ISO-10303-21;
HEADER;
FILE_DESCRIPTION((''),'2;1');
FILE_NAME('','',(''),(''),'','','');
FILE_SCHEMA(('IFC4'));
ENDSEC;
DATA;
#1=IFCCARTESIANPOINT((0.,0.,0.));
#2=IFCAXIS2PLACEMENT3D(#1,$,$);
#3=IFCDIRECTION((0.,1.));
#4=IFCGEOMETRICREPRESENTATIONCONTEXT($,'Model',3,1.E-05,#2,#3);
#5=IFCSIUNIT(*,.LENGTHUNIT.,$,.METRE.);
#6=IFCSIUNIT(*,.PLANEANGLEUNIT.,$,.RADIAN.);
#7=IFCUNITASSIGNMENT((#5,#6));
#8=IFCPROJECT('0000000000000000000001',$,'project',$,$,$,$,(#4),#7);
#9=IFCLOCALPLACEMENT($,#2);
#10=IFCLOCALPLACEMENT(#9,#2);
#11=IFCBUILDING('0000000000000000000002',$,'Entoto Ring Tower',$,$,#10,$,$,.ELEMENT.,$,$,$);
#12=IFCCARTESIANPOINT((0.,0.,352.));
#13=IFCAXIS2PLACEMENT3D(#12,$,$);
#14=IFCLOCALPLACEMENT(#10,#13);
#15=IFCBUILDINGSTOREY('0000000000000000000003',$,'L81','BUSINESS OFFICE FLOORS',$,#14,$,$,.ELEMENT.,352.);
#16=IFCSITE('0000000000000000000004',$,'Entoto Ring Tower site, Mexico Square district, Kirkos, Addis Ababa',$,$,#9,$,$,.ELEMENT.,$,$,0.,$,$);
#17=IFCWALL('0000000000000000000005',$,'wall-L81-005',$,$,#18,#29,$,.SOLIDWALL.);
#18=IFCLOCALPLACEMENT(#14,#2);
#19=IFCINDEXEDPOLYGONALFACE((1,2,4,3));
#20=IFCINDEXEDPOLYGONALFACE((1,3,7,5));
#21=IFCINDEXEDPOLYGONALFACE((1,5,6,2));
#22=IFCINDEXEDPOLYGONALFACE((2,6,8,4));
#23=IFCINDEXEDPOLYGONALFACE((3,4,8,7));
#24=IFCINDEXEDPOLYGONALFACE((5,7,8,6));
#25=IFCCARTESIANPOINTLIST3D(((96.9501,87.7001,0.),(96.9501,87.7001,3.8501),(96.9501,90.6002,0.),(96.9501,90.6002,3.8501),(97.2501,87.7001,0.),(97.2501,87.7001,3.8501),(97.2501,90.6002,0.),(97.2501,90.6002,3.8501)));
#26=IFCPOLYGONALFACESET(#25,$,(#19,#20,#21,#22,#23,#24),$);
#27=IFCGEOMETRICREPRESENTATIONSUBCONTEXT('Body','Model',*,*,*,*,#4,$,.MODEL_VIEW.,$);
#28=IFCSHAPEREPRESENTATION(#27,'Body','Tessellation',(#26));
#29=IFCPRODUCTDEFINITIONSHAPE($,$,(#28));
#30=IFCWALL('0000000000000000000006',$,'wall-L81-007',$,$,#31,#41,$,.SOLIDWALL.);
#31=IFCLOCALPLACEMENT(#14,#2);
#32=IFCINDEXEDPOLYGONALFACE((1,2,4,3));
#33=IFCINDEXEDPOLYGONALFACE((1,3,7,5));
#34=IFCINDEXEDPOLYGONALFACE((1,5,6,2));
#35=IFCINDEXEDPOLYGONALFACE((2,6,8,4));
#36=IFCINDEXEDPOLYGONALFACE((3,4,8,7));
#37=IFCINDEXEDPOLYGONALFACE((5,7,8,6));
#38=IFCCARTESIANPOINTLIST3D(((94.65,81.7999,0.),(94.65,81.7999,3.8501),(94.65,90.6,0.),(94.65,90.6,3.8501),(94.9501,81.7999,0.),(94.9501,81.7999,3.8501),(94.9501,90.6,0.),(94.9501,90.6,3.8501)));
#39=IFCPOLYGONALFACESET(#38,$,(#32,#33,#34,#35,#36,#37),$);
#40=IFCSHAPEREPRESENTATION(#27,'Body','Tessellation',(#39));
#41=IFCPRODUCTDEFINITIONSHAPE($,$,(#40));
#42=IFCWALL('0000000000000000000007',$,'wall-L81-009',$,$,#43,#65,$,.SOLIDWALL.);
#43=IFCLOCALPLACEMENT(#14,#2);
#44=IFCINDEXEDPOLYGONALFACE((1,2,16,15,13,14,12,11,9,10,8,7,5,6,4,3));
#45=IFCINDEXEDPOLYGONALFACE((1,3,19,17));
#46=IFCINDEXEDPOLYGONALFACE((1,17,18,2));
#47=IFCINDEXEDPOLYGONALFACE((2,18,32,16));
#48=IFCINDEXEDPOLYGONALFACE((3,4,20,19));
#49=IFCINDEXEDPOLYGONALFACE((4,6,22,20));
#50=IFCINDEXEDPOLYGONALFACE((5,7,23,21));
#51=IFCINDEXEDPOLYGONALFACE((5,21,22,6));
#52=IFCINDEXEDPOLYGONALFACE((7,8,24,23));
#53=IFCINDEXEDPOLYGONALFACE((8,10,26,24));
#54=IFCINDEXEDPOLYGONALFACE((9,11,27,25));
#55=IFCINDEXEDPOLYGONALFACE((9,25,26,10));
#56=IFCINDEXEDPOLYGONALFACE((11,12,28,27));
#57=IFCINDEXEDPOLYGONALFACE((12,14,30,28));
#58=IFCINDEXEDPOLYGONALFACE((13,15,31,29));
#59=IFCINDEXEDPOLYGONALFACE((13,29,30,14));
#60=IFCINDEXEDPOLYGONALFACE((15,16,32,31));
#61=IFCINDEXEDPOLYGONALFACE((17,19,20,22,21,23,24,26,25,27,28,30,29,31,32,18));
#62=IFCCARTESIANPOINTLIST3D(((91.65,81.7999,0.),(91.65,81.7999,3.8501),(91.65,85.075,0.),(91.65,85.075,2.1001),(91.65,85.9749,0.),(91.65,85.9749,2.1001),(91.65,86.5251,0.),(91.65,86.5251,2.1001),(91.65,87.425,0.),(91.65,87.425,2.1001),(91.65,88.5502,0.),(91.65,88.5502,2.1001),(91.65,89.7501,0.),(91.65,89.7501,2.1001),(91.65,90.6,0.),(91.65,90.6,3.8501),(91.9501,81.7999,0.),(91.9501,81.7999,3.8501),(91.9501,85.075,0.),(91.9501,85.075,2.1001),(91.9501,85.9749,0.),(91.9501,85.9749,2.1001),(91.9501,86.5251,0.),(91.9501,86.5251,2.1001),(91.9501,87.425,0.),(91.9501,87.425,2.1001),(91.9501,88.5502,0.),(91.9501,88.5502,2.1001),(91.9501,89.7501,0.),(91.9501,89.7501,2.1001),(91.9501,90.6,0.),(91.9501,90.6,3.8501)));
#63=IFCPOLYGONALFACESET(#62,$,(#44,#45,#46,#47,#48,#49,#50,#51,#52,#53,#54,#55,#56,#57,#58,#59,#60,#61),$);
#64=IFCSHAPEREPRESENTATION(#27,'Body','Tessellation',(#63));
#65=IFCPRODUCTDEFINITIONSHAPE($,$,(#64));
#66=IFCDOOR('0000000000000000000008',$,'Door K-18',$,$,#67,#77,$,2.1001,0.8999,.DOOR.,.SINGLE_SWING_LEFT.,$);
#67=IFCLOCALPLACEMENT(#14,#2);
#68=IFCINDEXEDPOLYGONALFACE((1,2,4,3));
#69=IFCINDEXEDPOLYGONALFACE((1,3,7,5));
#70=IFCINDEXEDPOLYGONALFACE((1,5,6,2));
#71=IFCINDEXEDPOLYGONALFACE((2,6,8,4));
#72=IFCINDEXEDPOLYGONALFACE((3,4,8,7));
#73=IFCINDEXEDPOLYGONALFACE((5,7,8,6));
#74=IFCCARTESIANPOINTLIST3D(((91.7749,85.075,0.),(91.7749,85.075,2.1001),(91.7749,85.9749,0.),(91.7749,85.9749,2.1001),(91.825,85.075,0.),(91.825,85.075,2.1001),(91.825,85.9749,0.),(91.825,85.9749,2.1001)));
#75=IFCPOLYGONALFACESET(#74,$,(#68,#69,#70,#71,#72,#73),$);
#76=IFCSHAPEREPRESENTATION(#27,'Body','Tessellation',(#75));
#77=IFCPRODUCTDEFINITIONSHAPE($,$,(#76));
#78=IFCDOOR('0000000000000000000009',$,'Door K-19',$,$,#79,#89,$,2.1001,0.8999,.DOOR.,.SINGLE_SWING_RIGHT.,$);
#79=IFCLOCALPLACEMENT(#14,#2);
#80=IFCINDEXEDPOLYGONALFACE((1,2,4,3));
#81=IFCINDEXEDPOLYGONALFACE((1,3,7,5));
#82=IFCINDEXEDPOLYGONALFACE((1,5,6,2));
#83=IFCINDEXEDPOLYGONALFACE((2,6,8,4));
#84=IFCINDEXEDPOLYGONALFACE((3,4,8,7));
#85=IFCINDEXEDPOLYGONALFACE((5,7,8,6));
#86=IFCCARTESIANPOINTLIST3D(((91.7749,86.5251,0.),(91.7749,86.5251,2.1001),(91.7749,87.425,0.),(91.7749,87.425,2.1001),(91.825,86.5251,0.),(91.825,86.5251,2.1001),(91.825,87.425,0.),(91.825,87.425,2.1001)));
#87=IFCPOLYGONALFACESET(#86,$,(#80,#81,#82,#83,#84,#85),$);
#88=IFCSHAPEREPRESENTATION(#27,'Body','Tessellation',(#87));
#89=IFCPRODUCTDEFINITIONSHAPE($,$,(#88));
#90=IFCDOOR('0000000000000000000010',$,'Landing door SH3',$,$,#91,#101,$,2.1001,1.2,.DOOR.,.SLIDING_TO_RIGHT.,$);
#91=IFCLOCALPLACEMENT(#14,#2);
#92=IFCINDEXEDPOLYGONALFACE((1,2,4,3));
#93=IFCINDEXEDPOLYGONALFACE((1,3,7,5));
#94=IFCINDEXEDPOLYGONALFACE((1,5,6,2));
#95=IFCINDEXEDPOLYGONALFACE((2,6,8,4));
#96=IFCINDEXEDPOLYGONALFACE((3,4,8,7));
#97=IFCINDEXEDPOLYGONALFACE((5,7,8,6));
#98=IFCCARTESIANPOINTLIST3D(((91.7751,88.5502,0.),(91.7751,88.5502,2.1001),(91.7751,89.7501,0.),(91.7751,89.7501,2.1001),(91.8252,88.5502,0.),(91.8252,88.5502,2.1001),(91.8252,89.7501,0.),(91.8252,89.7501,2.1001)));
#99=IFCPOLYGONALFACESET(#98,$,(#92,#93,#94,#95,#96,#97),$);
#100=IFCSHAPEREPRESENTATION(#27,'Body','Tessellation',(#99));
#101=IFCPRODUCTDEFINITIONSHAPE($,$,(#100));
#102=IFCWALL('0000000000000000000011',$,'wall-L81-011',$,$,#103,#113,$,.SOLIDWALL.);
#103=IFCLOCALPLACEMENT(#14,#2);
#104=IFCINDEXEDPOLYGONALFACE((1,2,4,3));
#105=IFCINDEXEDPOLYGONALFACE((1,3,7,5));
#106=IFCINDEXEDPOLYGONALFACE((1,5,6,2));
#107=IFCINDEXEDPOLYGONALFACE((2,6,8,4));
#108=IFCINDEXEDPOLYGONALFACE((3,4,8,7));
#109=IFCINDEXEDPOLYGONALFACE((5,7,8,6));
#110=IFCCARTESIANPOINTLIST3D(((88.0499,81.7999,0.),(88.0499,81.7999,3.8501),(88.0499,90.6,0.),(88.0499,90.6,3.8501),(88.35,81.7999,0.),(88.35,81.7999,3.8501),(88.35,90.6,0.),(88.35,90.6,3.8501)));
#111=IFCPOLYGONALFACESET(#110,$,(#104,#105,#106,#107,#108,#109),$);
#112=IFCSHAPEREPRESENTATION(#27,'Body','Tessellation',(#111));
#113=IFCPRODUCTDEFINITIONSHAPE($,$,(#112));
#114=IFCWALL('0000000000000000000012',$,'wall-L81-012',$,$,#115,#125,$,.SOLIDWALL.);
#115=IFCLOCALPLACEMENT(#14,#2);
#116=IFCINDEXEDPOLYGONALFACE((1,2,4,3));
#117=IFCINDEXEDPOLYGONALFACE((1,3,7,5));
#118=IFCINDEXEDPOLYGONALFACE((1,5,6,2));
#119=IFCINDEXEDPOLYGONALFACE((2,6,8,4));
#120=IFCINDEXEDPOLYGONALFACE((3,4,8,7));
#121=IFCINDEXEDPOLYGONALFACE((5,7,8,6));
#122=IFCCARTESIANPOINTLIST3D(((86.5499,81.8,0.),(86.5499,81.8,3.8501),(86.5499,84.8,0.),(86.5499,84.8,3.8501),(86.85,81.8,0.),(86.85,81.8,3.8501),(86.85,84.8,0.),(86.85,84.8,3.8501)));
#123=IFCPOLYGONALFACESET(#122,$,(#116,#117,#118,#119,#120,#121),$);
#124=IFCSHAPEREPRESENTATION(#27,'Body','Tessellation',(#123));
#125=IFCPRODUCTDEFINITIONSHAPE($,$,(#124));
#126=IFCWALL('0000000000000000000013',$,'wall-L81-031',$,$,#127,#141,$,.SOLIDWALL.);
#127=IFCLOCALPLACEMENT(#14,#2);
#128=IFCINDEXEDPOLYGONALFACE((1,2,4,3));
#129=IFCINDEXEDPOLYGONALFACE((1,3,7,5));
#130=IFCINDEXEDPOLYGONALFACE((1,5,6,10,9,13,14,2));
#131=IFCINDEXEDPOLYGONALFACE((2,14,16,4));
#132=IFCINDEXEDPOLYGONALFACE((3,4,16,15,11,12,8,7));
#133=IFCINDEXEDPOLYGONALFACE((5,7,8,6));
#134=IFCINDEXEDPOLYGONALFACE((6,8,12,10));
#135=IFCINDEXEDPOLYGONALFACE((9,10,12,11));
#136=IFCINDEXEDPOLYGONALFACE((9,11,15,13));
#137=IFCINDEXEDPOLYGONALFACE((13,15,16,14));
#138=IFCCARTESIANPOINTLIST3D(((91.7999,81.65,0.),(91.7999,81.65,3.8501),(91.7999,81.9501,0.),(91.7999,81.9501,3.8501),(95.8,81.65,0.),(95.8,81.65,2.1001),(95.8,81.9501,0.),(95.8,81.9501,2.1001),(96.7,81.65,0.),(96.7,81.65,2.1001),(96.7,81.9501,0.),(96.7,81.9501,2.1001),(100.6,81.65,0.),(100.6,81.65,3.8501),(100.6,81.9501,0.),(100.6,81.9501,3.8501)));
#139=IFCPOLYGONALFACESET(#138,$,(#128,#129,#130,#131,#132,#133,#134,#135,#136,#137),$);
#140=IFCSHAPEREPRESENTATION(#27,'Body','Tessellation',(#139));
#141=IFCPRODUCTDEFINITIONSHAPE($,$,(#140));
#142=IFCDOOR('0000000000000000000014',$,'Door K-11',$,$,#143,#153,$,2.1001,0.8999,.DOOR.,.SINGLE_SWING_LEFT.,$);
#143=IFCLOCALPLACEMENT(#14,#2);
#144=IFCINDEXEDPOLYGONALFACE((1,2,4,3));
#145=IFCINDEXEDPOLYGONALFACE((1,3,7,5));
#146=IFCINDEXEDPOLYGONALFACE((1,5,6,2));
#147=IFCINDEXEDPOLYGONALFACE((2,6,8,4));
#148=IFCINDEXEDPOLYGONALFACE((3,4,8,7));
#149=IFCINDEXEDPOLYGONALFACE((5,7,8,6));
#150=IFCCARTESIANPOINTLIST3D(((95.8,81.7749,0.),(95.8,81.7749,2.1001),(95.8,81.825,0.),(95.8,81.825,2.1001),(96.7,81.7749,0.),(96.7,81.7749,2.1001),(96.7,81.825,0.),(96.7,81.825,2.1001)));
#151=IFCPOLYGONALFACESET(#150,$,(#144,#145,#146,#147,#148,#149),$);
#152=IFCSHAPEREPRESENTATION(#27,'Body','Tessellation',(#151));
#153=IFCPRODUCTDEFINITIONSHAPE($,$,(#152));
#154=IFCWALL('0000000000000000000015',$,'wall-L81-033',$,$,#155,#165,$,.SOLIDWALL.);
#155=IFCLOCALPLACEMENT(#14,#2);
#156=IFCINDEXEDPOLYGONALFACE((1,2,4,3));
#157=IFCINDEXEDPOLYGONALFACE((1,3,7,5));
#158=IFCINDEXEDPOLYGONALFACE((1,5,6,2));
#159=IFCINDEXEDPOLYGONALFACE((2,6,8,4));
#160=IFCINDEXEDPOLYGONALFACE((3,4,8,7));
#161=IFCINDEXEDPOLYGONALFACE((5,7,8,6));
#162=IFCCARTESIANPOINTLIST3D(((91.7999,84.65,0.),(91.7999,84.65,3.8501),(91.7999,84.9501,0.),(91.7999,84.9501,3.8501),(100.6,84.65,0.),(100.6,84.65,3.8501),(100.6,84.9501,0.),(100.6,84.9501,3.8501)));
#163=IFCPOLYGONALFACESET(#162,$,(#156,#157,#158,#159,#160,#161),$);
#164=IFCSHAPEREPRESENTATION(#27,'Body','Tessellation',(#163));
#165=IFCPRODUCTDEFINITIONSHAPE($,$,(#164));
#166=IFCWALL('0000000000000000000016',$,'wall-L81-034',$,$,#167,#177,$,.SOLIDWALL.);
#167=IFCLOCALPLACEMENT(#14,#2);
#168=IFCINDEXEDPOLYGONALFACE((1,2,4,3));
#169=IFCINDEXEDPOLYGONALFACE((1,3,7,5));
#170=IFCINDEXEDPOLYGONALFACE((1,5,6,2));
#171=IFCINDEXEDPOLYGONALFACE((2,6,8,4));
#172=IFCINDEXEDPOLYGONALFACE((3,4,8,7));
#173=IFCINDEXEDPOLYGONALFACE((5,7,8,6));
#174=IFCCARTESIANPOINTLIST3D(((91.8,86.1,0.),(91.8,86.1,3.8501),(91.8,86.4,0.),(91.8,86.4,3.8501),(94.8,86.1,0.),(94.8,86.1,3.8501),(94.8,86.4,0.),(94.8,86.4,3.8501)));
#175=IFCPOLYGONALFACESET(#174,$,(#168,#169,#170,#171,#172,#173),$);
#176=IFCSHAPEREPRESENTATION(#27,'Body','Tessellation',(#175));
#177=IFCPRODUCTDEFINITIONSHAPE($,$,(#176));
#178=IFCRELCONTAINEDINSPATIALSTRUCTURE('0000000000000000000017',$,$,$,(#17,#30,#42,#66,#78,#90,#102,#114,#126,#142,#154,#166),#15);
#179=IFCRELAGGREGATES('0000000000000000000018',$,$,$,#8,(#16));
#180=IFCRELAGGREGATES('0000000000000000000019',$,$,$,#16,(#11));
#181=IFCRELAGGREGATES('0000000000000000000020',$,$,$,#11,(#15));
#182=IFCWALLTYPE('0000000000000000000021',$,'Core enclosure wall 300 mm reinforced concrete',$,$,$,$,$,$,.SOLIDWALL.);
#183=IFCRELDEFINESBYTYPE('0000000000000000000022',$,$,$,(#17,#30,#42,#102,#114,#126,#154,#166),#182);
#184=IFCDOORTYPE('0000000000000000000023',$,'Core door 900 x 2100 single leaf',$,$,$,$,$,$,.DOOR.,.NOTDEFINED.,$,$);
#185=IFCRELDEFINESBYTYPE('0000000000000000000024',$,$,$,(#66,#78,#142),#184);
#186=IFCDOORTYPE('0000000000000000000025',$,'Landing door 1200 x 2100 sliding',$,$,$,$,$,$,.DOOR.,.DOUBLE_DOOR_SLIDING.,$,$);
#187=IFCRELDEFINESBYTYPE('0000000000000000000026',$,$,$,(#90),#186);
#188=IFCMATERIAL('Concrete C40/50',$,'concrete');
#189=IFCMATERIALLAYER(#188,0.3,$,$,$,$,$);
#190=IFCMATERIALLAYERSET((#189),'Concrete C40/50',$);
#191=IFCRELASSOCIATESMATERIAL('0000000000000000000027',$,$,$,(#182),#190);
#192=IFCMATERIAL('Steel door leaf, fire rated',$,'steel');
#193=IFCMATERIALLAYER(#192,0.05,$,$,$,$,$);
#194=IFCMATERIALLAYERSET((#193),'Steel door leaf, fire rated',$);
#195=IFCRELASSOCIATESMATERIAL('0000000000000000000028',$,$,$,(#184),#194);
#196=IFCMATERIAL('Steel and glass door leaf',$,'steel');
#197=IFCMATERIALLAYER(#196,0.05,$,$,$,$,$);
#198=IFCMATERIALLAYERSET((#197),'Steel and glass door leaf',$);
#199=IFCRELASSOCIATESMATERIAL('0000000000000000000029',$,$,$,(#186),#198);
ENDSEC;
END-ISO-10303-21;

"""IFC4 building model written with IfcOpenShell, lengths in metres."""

from ifc_helpers import new_model, si_unit, direction, frame, frame_2d, origin, place, context, subcontext, project, spatial, rectangle, extrude, material, layer, layer_set, type_object, element, fill, save


model = new_model("IFC4")

# Units and contexts
model_context = context("Model", 3, precision=1e-05, world=origin(), true_north=direction((0.0, 1.0)))
body_context = subcontext(model_context, "Body", "Model", "MODEL_VIEW")
ifc_project = project(units=[si_unit("LENGTHUNIT", "METRE"), si_unit("PLANEANGLEUNIT", "RADIAN")], contexts=[model_context])

# Site, building, storey
site_placement = place(None, origin())
site = spatial("IfcSite", under=ifc_project, at=site_placement, Name="Entoto Ring Tower site, Mexico Square district, Kirkos, Addis Ababa", CompositionType="ELEMENT", RefElevation=0.0)
building_placement = place(site_placement, origin())
building = spatial("IfcBuilding", under=site, at=building_placement, Name="Entoto Ring Tower", CompositionType="ELEMENT")
storey_placement = place(building_placement, frame((0.0, 0.0, 352.0)))
storey = spatial("IfcBuildingStorey", under=building, at=storey_placement, Name="L81", Description="BUSINESS OFFICE FLOORS", CompositionType="ELEMENT", Elevation=352.0)

# Walls
ifc_material_1 = material(Name="Concrete C40/50", Category="concrete")
ifc_layer_1 = layer(ifc_material_1, 0.3)
ifc_layer_set_1 = layer_set([ifc_layer_1], Name="Concrete C40/50")
wall_type = type_object("IfcWallType", Name="Core enclosure wall 300 mm reinforced concrete", PredefinedType="SOLIDWALL", material=ifc_layer_set_1)
wall_1_placement = place(storey_placement, frame((97.1001, 87.7, 0.0), z_axis=(0.0, 0.0, 1.0), x_axis=(0.0, 1.0, 0.0)))
element("IfcWall", 1, at=wall_1_placement, inside=storey, type_object=wall_type, Name="wall-L81-005", PredefinedType="SOLIDWALL", context=body_context, shape_type="SweptSolid", body=[
    extrude(rectangle(XDim=2.9001, YDim=0.3, at=frame_2d((1.4502, 0.0))), origin(), (0.0, 0.0, 1.0), 3.8501),
])
wall_2_placement = place(storey_placement, frame((94.8, 81.8, 0.0), z_axis=(0.0, 0.0, 1.0), x_axis=(0.0, 1.0, 0.0)))
element("IfcWall", 2, at=wall_2_placement, inside=storey, type_object=wall_type, Name="wall-L81-007", PredefinedType="SOLIDWALL", context=body_context, shape_type="SweptSolid", body=[
    extrude(rectangle(XDim=8.8, YDim=0.3, at=frame_2d((4.3999, 0.0))), origin(), (0.0, 0.0, 1.0), 3.8501),
])

# Wall, openings, doors
wall_3_placement = place(storey_placement, frame((91.8, 81.8, 0.0), z_axis=(0.0, 0.0, 1.0), x_axis=(0.0, 1.0, 0.0)))
wall_3 = element("IfcWall", 3, at=wall_3_placement, inside=storey, type_object=wall_type, Name="wall-L81-009", PredefinedType="SOLIDWALL", context=body_context, shape_type="SweptSolid", body=[
    extrude(rectangle(XDim=8.8, YDim=0.3, at=frame_2d((4.3999, 0.0))), origin(), (0.0, 0.0, 1.0), 3.8501),
])
opening_1_placement = place(wall_3_placement, frame((6.75, 0.0, 0.0)))
opening_1 = element("IfcOpeningElement", 4, at=opening_1_placement, cuts=wall_3, PredefinedType="OPENING", context=body_context, shape_type="SweptSolid", body=[
    extrude(rectangle(XDim=1.2, YDim=2.1001, at=frame_2d((0.6001, 1.05))), frame((0.0, 0.1602, 0.0), z_axis=(0.0, -1.0, 0.0), x_axis=(1.0, 0.0, 0.0)), (0.0, 0.0, 1.0), 0.3201),
])
opening_2_placement = place(wall_3_placement, frame((3.2749, 0.0, 0.0)))
opening_2 = element("IfcOpeningElement", 5, at=opening_2_placement, cuts=wall_3, PredefinedType="OPENING", context=body_context, shape_type="SweptSolid", body=[
    extrude(rectangle(XDim=0.8999, YDim=2.1001, at=frame_2d((0.45, 1.05))), frame((0.0, 0.1602, 0.0), z_axis=(0.0, -1.0, 0.0), x_axis=(1.0, 0.0, 0.0)), (0.0, 0.0, 1.0), 0.3201),
])
opening_3_placement = place(wall_3_placement, frame((4.7251, 0.0, 0.0)))
opening_3 = element("IfcOpeningElement", 6, at=opening_3_placement, cuts=wall_3, PredefinedType="OPENING", context=body_context, shape_type="SweptSolid", body=[
    extrude(rectangle(XDim=0.8999, YDim=2.1001, at=frame_2d((0.45, 1.05))), frame((0.0, 0.1602, 0.0), z_axis=(0.0, -1.0, 0.0), x_axis=(1.0, 0.0, 0.0)), (0.0, 0.0, 1.0), 0.3201),
])
ifc_material_2 = material(Name="Steel door leaf, fire rated", Category="steel")
ifc_layer_2 = layer(ifc_material_2, 0.05)
ifc_layer_set_2 = layer_set([ifc_layer_2], Name="Steel door leaf, fire rated")
door_type_1 = type_object("IfcDoorType", Name="Core door 900 x 2100 single leaf", OperationType="NOTDEFINED", PredefinedType="DOOR", material=ifc_layer_set_2)
door_1_placement = place(opening_2_placement, frame((0.8999, 0.0, 0.0), z_axis=(0.0, 0.0, 1.0), x_axis=(-1.0, 0.0, 0.0)))
door_1 = element("IfcDoor", 7, at=door_1_placement, inside=storey, type_object=door_type_1, Name="Door K-18", OperationType="SINGLE_SWING_LEFT", OverallHeight=2.1001, OverallWidth=0.8999, PredefinedType="DOOR", context=body_context, shape_type="SweptSolid", body=[
    extrude(rectangle(XDim=0.8999, YDim=2.1001, at=frame_2d((0.45, 1.05))), frame((0.0, 0.0249, 0.0), z_axis=(0.0, -1.0, 0.0), x_axis=(1.0, 0.0, 0.0)), (0.0, 0.0, 1.0), 0.05),
])
fill(opening_2, door_1)
door_2_placement = place(opening_3_placement, frame((0.8999, 0.0, 0.0), z_axis=(0.0, 0.0, 1.0), x_axis=(-1.0, 0.0, 0.0)))
door_2 = element("IfcDoor", 8, at=door_2_placement, inside=storey, type_object=door_type_1, Name="Door K-19", OperationType="SINGLE_SWING_RIGHT", OverallHeight=2.1001, OverallWidth=0.8999, PredefinedType="DOOR", context=body_context, shape_type="SweptSolid", body=[
    extrude(rectangle(XDim=0.8999, YDim=2.1001, at=frame_2d((0.45, 1.05))), frame((0.0, 0.0249, 0.0), z_axis=(0.0, -1.0, 0.0), x_axis=(1.0, 0.0, 0.0)), (0.0, 0.0, 1.0), 0.05),
])
fill(opening_3, door_2)
ifc_material_3 = material(Name="Steel and glass door leaf", Category="steel")
ifc_layer_3 = layer(ifc_material_3, 0.05)
ifc_layer_set_3 = layer_set([ifc_layer_3], Name="Steel and glass door leaf")
door_type_2 = type_object("IfcDoorType", Name="Landing door 1200 x 2100 sliding", OperationType="DOUBLE_DOOR_SLIDING", PredefinedType="DOOR", material=ifc_layer_set_3)
door_3_placement = place(opening_1_placement, origin())
door_3 = element("IfcDoor", 9, at=door_3_placement, inside=storey, type_object=door_type_2, Name="Landing door SH3", OperationType="SLIDING_TO_RIGHT", OverallHeight=2.1001, OverallWidth=1.2, PredefinedType="DOOR", context=body_context, shape_type="SweptSolid", body=[
    extrude(rectangle(XDim=1.2, YDim=2.1001, at=frame_2d((0.6001, 1.05))), frame((0.0, 0.0249, 0.0), z_axis=(0.0, -1.0, 0.0), x_axis=(1.0, 0.0, 0.0)), (0.0, 0.0, 1.0), 0.05),
])
fill(opening_1, door_3)

# Walls
wall_4_placement = place(storey_placement, frame((88.2, 81.8, 0.0), z_axis=(0.0, 0.0, 1.0), x_axis=(0.0, 1.0, 0.0)))
element("IfcWall", 10, at=wall_4_placement, inside=storey, type_object=wall_type, Name="wall-L81-011", PredefinedType="SOLIDWALL", context=body_context, shape_type="SweptSolid", body=[
    extrude(rectangle(XDim=8.8, YDim=0.3, at=frame_2d((4.3999, 0.0))), origin(), (0.0, 0.0, 1.0), 3.8501),
])
wall_5_placement = place(storey_placement, frame((86.7, 81.8, 0.0), z_axis=(0.0, 0.0, 1.0), x_axis=(0.0, 1.0, 0.0)))
element("IfcWall", 11, at=wall_5_placement, inside=storey, type_object=wall_type, Name="wall-L81-012", PredefinedType="SOLIDWALL", context=body_context, shape_type="SweptSolid", body=[
    extrude(rectangle(XDim=3.0, YDim=0.3, at=frame_2d((1.5, 0.0))), origin(), (0.0, 0.0, 1.0), 3.8501),
])

# Wall, opening, door
wall_6_placement = place(storey_placement, frame((91.8, 81.8, 0.0), z_axis=(0.0, 0.0, 1.0), x_axis=(1.0, 0.0, 0.0)))
wall_6 = element("IfcWall", 12, at=wall_6_placement, inside=storey, type_object=wall_type, Name="wall-L81-031", PredefinedType="SOLIDWALL", context=body_context, shape_type="SweptSolid", body=[
    extrude(rectangle(XDim=8.8, YDim=0.3, at=frame_2d((4.3999, 0.0))), origin(), (0.0, 0.0, 1.0), 3.8501),
])
opening_4_placement = place(wall_6_placement, frame((4.0, 0.0, 0.0)))
opening_4 = element("IfcOpeningElement", 13, at=opening_4_placement, cuts=wall_6, PredefinedType="OPENING", context=body_context, shape_type="SweptSolid", body=[
    extrude(rectangle(XDim=0.8999, YDim=2.1001, at=frame_2d((0.45, 1.05))), frame((0.0, 0.1602, 0.0), z_axis=(0.0, -1.0, 0.0), x_axis=(1.0, 0.0, 0.0)), (0.0, 0.0, 1.0), 0.3201),
])
door_4_placement = place(opening_4_placement, origin())
door_4 = element("IfcDoor", 14, at=door_4_placement, inside=storey, type_object=door_type_1, Name="Door K-11", OperationType="SINGLE_SWING_LEFT", OverallHeight=2.1001, OverallWidth=0.8999, PredefinedType="DOOR", context=body_context, shape_type="SweptSolid", body=[
    extrude(rectangle(XDim=0.8999, YDim=2.1001, at=frame_2d((0.45, 1.05))), frame((0.0, 0.0249, 0.0), z_axis=(0.0, -1.0, 0.0), x_axis=(1.0, 0.0, 0.0)), (0.0, 0.0, 1.0), 0.05),
])
fill(opening_4, door_4)

# Walls
wall_7_placement = place(storey_placement, frame((91.8, 84.8, 0.0), z_axis=(0.0, 0.0, 1.0), x_axis=(1.0, 0.0, 0.0)))
element("IfcWall", 15, at=wall_7_placement, inside=storey, type_object=wall_type, Name="wall-L81-033", PredefinedType="SOLIDWALL", context=body_context, shape_type="SweptSolid", body=[
    extrude(rectangle(XDim=8.8, YDim=0.3, at=frame_2d((4.3999, 0.0))), origin(), (0.0, 0.0, 1.0), 3.8501),
])
wall_8_placement = place(storey_placement, frame((91.8, 86.25, 0.0), z_axis=(0.0, 0.0, 1.0), x_axis=(1.0, 0.0, 0.0)))
element("IfcWall", 16, at=wall_8_placement, inside=storey, type_object=wall_type, Name="wall-L81-034", PredefinedType="SOLIDWALL", context=body_context, shape_type="SweptSolid", body=[
    extrude(rectangle(XDim=3.0, YDim=0.3, at=frame_2d((1.5, 0.0))), origin(), (0.0, 0.0, 1.0), 3.8501),
])

save(model, "model.ifc")
